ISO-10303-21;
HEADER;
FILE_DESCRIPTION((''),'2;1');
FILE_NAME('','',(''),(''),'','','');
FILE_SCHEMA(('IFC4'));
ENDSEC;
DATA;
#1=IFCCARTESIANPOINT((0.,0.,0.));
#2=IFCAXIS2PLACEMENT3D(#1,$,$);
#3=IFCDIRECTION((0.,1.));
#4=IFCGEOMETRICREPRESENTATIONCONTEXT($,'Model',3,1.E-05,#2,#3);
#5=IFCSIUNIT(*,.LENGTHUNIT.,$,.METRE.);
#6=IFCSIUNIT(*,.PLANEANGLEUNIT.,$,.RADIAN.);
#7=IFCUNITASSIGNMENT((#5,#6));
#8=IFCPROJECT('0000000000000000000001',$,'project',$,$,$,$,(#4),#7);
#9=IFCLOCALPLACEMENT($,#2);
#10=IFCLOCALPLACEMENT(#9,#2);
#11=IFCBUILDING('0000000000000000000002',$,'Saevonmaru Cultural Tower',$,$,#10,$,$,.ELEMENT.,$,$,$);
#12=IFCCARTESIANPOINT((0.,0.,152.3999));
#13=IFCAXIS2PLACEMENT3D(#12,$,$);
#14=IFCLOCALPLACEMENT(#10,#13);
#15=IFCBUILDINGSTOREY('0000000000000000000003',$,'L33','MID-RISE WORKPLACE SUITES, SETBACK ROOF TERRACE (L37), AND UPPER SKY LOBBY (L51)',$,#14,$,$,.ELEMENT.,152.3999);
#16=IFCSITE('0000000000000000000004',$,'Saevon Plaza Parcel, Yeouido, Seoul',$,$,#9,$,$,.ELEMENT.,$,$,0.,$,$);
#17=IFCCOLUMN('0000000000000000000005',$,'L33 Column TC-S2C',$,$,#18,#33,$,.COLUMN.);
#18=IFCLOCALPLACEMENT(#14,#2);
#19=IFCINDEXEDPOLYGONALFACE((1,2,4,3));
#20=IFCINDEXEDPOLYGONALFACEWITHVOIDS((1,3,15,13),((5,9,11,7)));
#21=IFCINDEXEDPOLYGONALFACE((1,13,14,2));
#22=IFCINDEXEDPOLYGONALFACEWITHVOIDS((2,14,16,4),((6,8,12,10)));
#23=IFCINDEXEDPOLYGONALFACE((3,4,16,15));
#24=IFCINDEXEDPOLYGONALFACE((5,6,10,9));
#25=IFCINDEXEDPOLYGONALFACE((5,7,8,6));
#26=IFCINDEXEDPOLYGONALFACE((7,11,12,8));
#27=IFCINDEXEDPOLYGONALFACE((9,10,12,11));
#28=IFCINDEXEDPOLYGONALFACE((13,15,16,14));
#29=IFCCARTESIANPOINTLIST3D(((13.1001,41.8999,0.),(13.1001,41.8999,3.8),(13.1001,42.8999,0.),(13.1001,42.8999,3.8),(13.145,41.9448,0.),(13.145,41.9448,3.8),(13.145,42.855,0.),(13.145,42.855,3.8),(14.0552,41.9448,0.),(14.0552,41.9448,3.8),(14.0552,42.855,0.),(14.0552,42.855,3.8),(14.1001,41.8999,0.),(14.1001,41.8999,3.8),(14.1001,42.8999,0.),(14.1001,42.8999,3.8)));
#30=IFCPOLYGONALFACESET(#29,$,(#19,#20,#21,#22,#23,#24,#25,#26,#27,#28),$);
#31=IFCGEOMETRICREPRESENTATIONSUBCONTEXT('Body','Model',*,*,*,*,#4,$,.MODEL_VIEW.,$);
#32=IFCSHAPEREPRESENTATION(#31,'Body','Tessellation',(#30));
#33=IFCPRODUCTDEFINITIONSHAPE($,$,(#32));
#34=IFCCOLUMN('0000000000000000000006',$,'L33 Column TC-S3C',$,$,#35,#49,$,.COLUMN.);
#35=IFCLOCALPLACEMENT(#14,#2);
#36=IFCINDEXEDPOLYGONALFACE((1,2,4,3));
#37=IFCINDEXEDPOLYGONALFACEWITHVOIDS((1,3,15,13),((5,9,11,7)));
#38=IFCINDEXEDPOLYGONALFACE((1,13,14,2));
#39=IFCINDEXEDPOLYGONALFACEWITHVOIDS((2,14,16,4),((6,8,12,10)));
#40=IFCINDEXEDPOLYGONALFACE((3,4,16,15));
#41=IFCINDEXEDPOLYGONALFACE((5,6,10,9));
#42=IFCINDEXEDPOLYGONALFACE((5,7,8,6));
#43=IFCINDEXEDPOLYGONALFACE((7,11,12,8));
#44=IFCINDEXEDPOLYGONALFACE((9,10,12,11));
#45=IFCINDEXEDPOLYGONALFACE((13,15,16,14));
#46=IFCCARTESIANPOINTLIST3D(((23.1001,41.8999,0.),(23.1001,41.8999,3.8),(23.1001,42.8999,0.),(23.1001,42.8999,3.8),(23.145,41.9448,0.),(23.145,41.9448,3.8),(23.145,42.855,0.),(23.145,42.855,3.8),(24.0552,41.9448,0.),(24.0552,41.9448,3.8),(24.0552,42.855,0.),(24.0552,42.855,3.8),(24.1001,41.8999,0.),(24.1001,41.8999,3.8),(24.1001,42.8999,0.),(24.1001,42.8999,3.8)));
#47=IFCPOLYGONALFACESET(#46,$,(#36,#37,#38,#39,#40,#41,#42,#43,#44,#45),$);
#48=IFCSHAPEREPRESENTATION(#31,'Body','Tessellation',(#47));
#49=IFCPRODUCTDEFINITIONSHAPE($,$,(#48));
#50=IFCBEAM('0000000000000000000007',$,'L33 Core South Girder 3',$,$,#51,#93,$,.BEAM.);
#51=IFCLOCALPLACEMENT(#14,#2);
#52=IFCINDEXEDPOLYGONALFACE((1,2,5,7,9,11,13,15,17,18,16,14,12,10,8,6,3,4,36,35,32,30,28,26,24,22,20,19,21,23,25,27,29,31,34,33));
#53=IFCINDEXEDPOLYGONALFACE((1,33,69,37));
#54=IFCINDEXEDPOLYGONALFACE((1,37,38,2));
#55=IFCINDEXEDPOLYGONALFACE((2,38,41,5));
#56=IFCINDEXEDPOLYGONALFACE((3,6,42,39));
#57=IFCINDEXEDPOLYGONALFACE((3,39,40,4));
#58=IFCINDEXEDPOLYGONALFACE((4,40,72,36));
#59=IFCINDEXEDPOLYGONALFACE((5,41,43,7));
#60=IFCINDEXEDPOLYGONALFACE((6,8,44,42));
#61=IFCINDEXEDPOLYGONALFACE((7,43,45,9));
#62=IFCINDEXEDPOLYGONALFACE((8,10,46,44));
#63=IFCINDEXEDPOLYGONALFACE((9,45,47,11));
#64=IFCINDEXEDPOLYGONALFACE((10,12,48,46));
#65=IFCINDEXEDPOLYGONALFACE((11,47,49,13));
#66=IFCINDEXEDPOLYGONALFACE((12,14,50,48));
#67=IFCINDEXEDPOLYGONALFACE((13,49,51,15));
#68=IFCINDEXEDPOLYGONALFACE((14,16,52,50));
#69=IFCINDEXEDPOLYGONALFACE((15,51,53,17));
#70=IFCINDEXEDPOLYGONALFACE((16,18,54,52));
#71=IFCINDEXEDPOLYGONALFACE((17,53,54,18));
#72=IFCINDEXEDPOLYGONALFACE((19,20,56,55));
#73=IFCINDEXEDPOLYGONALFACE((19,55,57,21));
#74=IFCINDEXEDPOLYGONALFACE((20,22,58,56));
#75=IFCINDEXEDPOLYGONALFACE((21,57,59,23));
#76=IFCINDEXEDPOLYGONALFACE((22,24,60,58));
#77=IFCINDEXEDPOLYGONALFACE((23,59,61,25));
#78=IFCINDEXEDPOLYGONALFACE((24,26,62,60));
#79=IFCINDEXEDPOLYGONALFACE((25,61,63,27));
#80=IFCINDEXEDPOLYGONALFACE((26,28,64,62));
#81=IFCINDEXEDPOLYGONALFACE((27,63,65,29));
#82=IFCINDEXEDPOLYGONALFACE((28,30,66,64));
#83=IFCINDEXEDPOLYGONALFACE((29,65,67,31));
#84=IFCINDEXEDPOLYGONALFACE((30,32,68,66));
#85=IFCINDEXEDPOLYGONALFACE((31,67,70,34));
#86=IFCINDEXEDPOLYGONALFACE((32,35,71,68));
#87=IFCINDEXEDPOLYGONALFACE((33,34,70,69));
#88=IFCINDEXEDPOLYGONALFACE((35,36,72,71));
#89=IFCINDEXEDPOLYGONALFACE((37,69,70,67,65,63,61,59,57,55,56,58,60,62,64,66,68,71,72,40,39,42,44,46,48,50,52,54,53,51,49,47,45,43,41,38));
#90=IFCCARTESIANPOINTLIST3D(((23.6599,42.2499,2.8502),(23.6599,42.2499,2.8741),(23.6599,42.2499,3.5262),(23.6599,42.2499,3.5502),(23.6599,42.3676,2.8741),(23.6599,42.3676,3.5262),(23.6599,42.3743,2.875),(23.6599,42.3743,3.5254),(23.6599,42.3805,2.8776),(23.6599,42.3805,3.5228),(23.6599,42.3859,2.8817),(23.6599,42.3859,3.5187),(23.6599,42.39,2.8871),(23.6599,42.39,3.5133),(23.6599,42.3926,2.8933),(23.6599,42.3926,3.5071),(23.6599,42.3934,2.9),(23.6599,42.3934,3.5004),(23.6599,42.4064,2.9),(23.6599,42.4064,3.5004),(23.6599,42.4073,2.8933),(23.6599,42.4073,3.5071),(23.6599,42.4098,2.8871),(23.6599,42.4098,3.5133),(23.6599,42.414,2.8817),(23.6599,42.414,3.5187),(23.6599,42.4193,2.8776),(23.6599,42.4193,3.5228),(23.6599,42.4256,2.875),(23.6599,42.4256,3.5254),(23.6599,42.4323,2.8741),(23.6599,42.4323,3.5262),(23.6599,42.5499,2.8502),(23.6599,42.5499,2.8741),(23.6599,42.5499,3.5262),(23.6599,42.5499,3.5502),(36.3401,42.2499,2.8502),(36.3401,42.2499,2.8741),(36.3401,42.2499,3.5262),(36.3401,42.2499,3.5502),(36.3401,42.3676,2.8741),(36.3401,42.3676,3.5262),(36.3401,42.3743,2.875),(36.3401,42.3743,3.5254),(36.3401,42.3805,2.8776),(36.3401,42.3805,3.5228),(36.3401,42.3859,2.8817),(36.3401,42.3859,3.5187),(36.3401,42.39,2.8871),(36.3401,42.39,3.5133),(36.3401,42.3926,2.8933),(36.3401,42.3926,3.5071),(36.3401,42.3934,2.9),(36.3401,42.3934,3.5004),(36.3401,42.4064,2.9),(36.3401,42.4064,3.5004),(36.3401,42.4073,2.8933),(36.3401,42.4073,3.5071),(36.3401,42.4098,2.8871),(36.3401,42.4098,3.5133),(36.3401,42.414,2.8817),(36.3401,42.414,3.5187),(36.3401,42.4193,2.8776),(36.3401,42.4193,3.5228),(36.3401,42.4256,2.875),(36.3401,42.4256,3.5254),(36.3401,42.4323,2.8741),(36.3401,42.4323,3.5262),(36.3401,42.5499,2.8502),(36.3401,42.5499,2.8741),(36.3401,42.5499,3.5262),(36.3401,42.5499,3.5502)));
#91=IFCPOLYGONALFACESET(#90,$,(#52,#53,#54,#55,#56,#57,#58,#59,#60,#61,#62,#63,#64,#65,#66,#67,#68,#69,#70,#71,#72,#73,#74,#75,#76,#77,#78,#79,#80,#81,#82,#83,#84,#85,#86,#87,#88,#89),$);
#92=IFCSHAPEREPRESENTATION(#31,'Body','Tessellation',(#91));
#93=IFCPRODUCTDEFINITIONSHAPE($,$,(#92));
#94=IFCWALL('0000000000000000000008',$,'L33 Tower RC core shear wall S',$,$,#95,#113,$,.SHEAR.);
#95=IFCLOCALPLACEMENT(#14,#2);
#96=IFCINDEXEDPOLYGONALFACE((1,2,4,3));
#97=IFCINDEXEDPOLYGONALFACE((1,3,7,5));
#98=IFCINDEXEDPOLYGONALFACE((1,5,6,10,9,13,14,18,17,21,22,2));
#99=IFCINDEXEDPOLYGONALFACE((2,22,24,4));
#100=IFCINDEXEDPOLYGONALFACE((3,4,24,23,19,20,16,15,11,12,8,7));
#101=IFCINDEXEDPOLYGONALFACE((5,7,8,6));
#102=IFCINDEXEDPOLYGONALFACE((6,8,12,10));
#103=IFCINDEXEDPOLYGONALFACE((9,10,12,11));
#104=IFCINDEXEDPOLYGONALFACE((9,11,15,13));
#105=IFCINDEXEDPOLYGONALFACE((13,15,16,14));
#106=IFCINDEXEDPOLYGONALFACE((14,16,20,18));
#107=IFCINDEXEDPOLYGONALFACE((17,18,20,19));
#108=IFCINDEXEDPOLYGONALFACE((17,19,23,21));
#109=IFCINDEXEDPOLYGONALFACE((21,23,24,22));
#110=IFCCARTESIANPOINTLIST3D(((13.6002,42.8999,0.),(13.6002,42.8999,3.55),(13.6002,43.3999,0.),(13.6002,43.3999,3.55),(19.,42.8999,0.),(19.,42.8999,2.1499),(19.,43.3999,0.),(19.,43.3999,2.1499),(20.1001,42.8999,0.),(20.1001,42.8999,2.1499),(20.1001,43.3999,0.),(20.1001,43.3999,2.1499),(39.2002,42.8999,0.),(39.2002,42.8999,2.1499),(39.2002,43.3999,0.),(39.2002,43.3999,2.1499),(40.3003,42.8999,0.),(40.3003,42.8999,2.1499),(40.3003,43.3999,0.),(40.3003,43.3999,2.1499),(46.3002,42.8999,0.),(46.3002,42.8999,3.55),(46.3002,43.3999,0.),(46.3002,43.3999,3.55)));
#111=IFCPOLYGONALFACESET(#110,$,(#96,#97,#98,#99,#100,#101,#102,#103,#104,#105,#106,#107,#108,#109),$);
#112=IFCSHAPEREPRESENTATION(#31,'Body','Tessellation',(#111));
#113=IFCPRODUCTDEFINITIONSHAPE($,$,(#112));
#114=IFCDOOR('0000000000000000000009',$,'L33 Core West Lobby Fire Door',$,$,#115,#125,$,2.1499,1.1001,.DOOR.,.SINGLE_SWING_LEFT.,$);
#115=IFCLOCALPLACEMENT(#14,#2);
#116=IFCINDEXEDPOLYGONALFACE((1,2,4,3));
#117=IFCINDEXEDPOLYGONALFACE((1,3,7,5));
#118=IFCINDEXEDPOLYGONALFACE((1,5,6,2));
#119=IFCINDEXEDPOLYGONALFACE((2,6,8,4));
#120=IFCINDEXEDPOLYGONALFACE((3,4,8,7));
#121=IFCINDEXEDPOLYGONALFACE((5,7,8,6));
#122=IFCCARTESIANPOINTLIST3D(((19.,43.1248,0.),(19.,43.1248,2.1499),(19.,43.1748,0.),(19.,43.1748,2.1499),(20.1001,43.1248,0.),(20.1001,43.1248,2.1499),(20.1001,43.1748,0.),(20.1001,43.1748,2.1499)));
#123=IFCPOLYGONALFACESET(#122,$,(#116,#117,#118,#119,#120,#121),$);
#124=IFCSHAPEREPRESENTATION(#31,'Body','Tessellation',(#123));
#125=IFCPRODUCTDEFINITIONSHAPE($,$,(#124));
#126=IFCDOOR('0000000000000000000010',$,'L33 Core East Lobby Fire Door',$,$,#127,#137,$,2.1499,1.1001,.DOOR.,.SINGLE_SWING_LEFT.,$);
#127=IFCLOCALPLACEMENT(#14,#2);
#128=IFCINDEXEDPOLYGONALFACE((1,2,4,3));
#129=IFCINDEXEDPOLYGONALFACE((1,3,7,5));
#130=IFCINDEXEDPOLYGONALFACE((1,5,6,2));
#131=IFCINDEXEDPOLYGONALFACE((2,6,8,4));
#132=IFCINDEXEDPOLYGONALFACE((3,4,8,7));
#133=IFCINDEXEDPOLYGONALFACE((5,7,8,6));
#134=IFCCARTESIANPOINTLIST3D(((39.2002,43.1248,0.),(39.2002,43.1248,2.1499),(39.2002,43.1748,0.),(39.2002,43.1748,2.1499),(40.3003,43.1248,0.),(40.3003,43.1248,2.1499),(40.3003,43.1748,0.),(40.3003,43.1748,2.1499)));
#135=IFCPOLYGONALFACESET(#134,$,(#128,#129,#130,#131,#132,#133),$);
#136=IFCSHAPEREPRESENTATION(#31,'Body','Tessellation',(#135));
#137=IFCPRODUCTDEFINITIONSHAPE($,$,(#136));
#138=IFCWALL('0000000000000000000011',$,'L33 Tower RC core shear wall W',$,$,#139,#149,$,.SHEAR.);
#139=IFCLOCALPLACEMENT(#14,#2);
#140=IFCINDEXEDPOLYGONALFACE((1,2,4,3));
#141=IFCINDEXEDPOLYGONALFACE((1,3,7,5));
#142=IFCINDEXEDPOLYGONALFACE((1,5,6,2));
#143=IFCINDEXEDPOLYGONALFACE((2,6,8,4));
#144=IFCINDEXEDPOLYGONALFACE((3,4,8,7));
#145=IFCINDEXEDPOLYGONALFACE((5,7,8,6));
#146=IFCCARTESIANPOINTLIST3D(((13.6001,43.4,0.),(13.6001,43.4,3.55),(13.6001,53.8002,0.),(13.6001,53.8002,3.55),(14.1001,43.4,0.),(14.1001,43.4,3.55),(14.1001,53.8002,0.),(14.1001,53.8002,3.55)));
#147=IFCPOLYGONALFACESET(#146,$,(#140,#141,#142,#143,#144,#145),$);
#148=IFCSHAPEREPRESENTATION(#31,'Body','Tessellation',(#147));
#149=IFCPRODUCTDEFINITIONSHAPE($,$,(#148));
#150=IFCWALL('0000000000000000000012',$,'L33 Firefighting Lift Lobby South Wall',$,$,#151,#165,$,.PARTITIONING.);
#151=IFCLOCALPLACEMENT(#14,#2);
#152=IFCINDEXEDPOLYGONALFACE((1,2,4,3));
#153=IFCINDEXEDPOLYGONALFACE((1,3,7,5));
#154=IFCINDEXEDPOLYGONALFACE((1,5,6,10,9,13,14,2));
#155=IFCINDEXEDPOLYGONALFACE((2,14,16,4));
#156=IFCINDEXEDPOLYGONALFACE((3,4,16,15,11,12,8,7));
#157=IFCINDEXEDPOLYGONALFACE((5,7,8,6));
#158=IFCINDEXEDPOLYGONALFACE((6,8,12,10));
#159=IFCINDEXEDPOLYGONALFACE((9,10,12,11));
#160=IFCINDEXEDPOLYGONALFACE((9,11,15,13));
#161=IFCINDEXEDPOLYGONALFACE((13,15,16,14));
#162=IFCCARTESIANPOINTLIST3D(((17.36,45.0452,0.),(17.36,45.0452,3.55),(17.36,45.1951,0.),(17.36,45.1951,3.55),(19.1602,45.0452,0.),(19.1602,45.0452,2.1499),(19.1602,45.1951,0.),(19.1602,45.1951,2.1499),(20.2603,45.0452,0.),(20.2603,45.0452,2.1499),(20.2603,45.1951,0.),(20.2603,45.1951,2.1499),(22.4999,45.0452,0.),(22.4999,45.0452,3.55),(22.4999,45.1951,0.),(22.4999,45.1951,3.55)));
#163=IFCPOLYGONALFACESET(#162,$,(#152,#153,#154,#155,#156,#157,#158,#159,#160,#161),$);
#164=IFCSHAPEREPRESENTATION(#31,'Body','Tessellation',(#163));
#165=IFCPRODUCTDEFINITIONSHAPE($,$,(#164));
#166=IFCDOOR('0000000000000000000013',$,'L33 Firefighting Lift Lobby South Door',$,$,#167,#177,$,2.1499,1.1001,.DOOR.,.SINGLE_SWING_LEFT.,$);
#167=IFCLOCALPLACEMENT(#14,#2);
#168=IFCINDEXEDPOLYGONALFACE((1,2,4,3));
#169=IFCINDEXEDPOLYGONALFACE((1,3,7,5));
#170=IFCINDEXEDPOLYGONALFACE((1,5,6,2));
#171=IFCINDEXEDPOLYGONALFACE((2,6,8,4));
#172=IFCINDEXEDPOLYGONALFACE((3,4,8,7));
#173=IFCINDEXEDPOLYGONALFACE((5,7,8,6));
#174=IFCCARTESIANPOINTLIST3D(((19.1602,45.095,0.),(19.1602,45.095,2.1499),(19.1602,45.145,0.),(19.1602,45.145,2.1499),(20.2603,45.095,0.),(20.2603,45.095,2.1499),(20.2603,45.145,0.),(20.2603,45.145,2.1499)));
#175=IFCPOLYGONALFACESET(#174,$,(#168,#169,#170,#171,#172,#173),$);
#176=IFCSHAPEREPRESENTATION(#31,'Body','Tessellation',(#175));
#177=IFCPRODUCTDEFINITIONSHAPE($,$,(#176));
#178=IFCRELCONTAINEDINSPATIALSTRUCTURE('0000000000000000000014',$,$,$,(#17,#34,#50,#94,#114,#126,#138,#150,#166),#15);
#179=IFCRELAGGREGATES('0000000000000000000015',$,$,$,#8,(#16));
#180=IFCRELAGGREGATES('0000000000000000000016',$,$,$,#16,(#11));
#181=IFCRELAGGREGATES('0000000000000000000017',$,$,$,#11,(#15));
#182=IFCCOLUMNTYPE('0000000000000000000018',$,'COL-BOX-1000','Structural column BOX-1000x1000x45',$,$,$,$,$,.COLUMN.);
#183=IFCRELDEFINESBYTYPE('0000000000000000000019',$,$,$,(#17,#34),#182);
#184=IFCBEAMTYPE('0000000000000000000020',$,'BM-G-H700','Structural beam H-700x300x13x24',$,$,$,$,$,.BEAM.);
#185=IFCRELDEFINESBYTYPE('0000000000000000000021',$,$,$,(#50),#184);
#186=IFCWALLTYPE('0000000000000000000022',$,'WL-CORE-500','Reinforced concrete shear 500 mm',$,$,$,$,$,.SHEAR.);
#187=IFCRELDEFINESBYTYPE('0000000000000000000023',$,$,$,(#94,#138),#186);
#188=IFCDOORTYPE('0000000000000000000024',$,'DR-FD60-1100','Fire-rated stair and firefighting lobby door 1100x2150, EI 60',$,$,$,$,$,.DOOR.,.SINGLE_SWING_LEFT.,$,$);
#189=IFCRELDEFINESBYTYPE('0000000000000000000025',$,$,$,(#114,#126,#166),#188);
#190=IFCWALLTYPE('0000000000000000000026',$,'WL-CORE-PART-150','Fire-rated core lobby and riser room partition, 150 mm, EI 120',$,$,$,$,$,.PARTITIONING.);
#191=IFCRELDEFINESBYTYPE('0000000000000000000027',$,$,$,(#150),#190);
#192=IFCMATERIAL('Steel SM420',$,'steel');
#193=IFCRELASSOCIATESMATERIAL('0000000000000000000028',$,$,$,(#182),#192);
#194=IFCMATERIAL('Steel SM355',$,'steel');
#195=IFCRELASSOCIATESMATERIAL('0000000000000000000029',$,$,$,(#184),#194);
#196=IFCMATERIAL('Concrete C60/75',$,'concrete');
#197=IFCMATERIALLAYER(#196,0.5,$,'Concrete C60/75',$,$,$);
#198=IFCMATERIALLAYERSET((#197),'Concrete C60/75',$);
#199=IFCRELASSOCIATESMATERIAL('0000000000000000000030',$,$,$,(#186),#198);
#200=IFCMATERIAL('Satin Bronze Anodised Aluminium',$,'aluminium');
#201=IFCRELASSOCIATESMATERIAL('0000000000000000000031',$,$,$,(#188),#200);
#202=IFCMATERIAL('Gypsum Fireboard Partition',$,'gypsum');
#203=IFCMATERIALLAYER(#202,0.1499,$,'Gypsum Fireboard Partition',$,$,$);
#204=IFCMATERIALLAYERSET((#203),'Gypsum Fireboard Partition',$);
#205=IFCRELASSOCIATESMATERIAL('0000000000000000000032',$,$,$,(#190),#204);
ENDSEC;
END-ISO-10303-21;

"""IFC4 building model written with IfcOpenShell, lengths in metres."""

from ifc_helpers import new_model, si_unit, direction, frame, frame_2d, origin, origin_2d, place, context, subcontext, project, spatial, rectangle, hollow_rectangle, i_section, extrude, material, layer, layer_set, material_profile, profile_set, type_object, element, fill, save


model = new_model("IFC4")

# Units and contexts
model_context = context("Model", 3, precision=1e-05, world=origin(), true_north=direction((0.0, 1.0)))
body_context = subcontext(model_context, "Body", "Model", "MODEL_VIEW")
ifc_project = project(units=[si_unit("LENGTHUNIT", "METRE"), si_unit("PLANEANGLEUNIT", "RADIAN")], contexts=[model_context])

# Site, building, storey
site_placement = place(None, origin())
site = spatial("IfcSite", under=ifc_project, at=site_placement, Name="Saevon Plaza Parcel, Yeouido, Seoul", CompositionType="ELEMENT", RefElevation=0.0)
building_placement = place(site_placement, origin())
building = spatial("IfcBuilding", under=site, at=building_placement, Name="Saevonmaru Cultural Tower", CompositionType="ELEMENT")
storey_placement = place(building_placement, frame((0.0, 0.0, 152.3999)))
storey = spatial("IfcBuildingStorey", under=building, at=storey_placement, Name="L33", Description="MID-RISE WORKPLACE SUITES, SETBACK ROOF TERRACE (L37), AND UPPER SKY LOBBY (L51)", CompositionType="ELEMENT", Elevation=152.3999)

# Columns
ifc_material_1 = material(Name="Steel SM420", Category="steel")
ifc_material_profile_1 = material_profile(ifc_material_1, hollow_rectangle(XDim=1.0, YDim=1.0, WallThickness=0.0449, at=origin_2d()), Name="BOX-1000x1000x45")
ifc_profile_set_1 = profile_set([ifc_material_profile_1], Name="Steel SM420")
column_type = type_object("IfcColumnType", Name="COL-BOX-1000", Description="Structural column BOX-1000x1000x45", PredefinedType="COLUMN", material=ifc_profile_set_1)
for number, where, z_axis, x_axis, name in (
    (1, (13.6001, 42.3999, 0.0), (0.0, 0.0, 1.0), (1.0, 0.0, 0.0), "L33 Column TC-S2C"),
    (2, (23.6001, 42.3999, 0.0), (0.0, 0.0, 1.0), (1.0, 0.0, 0.0), "L33 Column TC-S3C"),
):
    element("IfcColumn", number, at=place(storey_placement, frame(where, z_axis=z_axis, x_axis=x_axis)), inside=storey, type_object=column_type, Name=name, PredefinedType="COLUMN", context=body_context, shape_type="SweptSolid", body=[
        extrude(hollow_rectangle(XDim=1.0, YDim=1.0, WallThickness=0.0449, at=origin_2d()), origin(), (0.0, 0.0, 1.0), 3.8),
    ])

# Beam
ifc_material_2 = material(Name="Steel SM355", Category="steel")
ifc_material_profile_2 = material_profile(ifc_material_2, i_section(OverallWidth=0.3, OverallDepth=0.7, WebThickness=0.0129, FlangeThickness=0.0239, FilletRadius=0.0259, at=origin_2d()), Name="H-700x300x13x24")
ifc_profile_set_2 = profile_set([ifc_material_profile_2], Name="Steel SM355")
beam_type = type_object("IfcBeamType", Name="BM-G-H700", Description="Structural beam H-700x300x13x24", PredefinedType="BEAM", material=ifc_profile_set_2)
beam_placement = place(storey_placement, frame((23.6599, 42.3999, 3.2002), z_axis=(1.0, 0.0, 0.0), x_axis=(0.0, 1.0, 0.0)))
element("IfcBeam", 3, at=beam_placement, inside=storey, type_object=beam_type, Name="L33 Core South Girder 3", PredefinedType="BEAM", context=body_context, shape_type="SweptSolid", body=[
    extrude(i_section(OverallWidth=0.3, OverallDepth=0.7, WebThickness=0.0129, FlangeThickness=0.0239, FilletRadius=0.0259, at=origin_2d()), origin(), (0.0, 0.0, 1.0), 12.6802),
])

# Wall, openings, doors
ifc_material_3 = material(Name="Concrete C60/75", Category="concrete")
ifc_layer_1 = layer(ifc_material_3, 0.5, Name="Concrete C60/75")
ifc_layer_set_1 = layer_set([ifc_layer_1], Name="Concrete C60/75")
wall_type_1 = type_object("IfcWallType", Name="WL-CORE-500", Description="Reinforced concrete shear 500 mm", PredefinedType="SHEAR", material=ifc_layer_set_1)
wall_1_placement = place(storey_placement, frame((13.6001, 43.1499, 0.0), z_axis=(0.0, 0.0, 1.0), x_axis=(1.0, 0.0, 0.0)))
wall_1 = element("IfcWall", 4, at=wall_1_placement, inside=storey, type_object=wall_type_1, Name="L33 Tower RC core shear wall S", PredefinedType="SHEAR", context=body_context, shape_type="SweptSolid", body=[
    extrude(rectangle(XDim=32.7, YDim=0.5, at=frame_2d((16.3501, 0.0))), origin(), (0.0, 0.0, 1.0), 3.55),
])
opening_1_placement = place(wall_1_placement, frame((5.3999, 0.0, 0.0)))
opening_1 = element("IfcOpeningElement", 5, at=opening_1_placement, cuts=wall_1, PredefinedType="OPENING", context=body_context, shape_type="SweptSolid", body=[
    extrude(rectangle(XDim=1.1001, YDim=2.1499, at=frame_2d((0.55, 1.075))), frame((0.0, 0.26, 0.0), z_axis=(0.0, -1.0, 0.0), x_axis=(1.0, 0.0, 0.0)), (0.0, 0.0, 1.0), 0.52),
])
opening_2_placement = place(wall_1_placement, frame((25.6001, 0.0, 0.0)))
opening_2 = element("IfcOpeningElement", 6, at=opening_2_placement, cuts=wall_1, PredefinedType="OPENING", context=body_context, shape_type="SweptSolid", body=[
    extrude(rectangle(XDim=1.1001, YDim=2.1499, at=frame_2d((0.55, 1.075))), frame((0.0, 0.26, 0.0), z_axis=(0.0, -1.0, 0.0), x_axis=(1.0, 0.0, 0.0)), (0.0, 0.0, 1.0), 0.52),
])
ifc_material_4 = material(Name="Satin Bronze Anodised Aluminium", Category="aluminium")
door_type_1 = type_object("IfcDoorType", Name="DR-FD60-1100", Description="Fire-rated stair and firefighting lobby door 1100x2150, EI 60", OperationType="SINGLE_SWING_LEFT", PredefinedType="DOOR", material=ifc_material_4)
door_1_placement = place(opening_1_placement, origin())
door_1 = element("IfcDoor", 7, at=door_1_placement, inside=storey, type_object=door_type_1, Name="L33 Core West Lobby Fire Door", OperationType="SINGLE_SWING_LEFT", OverallHeight=2.1499, OverallWidth=1.1001, PredefinedType="DOOR", context=body_context, shape_type="SweptSolid", body=[
    extrude(rectangle(XDim=1.1001, YDim=2.1499, at=frame_2d((0.55, 1.075))), frame((0.0, 0.0249, 0.0), z_axis=(0.0, -1.0, 0.0), x_axis=(1.0, 0.0, 0.0)), (0.0, 0.0, 1.0), 0.05),
])
fill(opening_1, door_1)
door_2_placement = place(opening_2_placement, origin())
door_2 = element("IfcDoor", 8, at=door_2_placement, inside=storey, type_object=door_type_1, Name="L33 Core East Lobby Fire Door", OperationType="SINGLE_SWING_LEFT", OverallHeight=2.1499, OverallWidth=1.1001, PredefinedType="DOOR", context=body_context, shape_type="SweptSolid", body=[
    extrude(rectangle(XDim=1.1001, YDim=2.1499, at=frame_2d((0.55, 1.075))), frame((0.0, 0.0249, 0.0), z_axis=(0.0, -1.0, 0.0), x_axis=(1.0, 0.0, 0.0)), (0.0, 0.0, 1.0), 0.05),
])
fill(opening_2, door_2)

# Wall
wall_2_placement = place(storey_placement, frame((13.8501, 43.3999, 0.0), z_axis=(0.0, 0.0, 1.0), x_axis=(0.0, 1.0, 0.0)))
element("IfcWall", 9, at=wall_2_placement, inside=storey, type_object=wall_type_1, Name="L33 Tower RC core shear wall W", PredefinedType="SHEAR", context=body_context, shape_type="SweptSolid", body=[
    extrude(rectangle(XDim=10.4001, YDim=0.5, at=frame_2d((5.2002, 0.0))), origin(), (0.0, 0.0, 1.0), 3.55),
])

# Wall, opening, door
ifc_material_5 = material(Name="Gypsum Fireboard Partition", Category="gypsum")
ifc_layer_2 = layer(ifc_material_5, 0.1499, Name="Gypsum Fireboard Partition")
ifc_layer_set_2 = layer_set([ifc_layer_2], Name="Gypsum Fireboard Partition")
wall_type_2 = type_object("IfcWallType", Name="WL-CORE-PART-150", Description="Fire-rated core lobby and riser room partition, 150 mm, EI 120", PredefinedType="PARTITIONING", material=ifc_layer_set_2)
wall_3_placement = place(storey_placement, frame((17.3601, 45.1201, 0.0), z_axis=(0.0, 0.0, 1.0), x_axis=(1.0, 0.0, 0.0)))
wall_3 = element("IfcWall", 10, at=wall_3_placement, inside=storey, type_object=wall_type_2, Name="L33 Firefighting Lift Lobby South Wall", PredefinedType="PARTITIONING", context=body_context, shape_type="SweptSolid", body=[
    extrude(rectangle(XDim=5.1399, YDim=0.1499, at=frame_2d((2.5698, 0.0))), origin(), (0.0, 0.0, 1.0), 3.55),
])
opening_3_placement = place(wall_3_placement, frame((1.8, 0.0, 0.0)))
opening_3 = element("IfcOpeningElement", 11, at=opening_3_placement, cuts=wall_3, PredefinedType="OPENING", context=body_context, shape_type="SweptSolid", body=[
    extrude(rectangle(XDim=1.1001, YDim=2.1499, at=frame_2d((0.55, 1.075))), frame((0.0, 0.085, 0.0), z_axis=(0.0, -1.0, 0.0), x_axis=(1.0, 0.0, 0.0)), (0.0, 0.0, 1.0), 0.1699),
])
door_3_placement = place(opening_3_placement, origin())
door_3 = element("IfcDoor", 12, at=door_3_placement, inside=storey, type_object=door_type_1, Name="L33 Firefighting Lift Lobby South Door", OperationType="SINGLE_SWING_LEFT", OverallHeight=2.1499, OverallWidth=1.1001, PredefinedType="DOOR", context=body_context, shape_type="SweptSolid", body=[
    extrude(rectangle(XDim=1.1001, YDim=2.1499, at=frame_2d((0.55, 1.075))), frame((0.0, 0.0249, 0.0), z_axis=(0.0, -1.0, 0.0), x_axis=(1.0, 0.0, 0.0)), (0.0, 0.0, 1.0), 0.05),
])
fill(opening_3, door_3)

save(model, "model.ifc")
